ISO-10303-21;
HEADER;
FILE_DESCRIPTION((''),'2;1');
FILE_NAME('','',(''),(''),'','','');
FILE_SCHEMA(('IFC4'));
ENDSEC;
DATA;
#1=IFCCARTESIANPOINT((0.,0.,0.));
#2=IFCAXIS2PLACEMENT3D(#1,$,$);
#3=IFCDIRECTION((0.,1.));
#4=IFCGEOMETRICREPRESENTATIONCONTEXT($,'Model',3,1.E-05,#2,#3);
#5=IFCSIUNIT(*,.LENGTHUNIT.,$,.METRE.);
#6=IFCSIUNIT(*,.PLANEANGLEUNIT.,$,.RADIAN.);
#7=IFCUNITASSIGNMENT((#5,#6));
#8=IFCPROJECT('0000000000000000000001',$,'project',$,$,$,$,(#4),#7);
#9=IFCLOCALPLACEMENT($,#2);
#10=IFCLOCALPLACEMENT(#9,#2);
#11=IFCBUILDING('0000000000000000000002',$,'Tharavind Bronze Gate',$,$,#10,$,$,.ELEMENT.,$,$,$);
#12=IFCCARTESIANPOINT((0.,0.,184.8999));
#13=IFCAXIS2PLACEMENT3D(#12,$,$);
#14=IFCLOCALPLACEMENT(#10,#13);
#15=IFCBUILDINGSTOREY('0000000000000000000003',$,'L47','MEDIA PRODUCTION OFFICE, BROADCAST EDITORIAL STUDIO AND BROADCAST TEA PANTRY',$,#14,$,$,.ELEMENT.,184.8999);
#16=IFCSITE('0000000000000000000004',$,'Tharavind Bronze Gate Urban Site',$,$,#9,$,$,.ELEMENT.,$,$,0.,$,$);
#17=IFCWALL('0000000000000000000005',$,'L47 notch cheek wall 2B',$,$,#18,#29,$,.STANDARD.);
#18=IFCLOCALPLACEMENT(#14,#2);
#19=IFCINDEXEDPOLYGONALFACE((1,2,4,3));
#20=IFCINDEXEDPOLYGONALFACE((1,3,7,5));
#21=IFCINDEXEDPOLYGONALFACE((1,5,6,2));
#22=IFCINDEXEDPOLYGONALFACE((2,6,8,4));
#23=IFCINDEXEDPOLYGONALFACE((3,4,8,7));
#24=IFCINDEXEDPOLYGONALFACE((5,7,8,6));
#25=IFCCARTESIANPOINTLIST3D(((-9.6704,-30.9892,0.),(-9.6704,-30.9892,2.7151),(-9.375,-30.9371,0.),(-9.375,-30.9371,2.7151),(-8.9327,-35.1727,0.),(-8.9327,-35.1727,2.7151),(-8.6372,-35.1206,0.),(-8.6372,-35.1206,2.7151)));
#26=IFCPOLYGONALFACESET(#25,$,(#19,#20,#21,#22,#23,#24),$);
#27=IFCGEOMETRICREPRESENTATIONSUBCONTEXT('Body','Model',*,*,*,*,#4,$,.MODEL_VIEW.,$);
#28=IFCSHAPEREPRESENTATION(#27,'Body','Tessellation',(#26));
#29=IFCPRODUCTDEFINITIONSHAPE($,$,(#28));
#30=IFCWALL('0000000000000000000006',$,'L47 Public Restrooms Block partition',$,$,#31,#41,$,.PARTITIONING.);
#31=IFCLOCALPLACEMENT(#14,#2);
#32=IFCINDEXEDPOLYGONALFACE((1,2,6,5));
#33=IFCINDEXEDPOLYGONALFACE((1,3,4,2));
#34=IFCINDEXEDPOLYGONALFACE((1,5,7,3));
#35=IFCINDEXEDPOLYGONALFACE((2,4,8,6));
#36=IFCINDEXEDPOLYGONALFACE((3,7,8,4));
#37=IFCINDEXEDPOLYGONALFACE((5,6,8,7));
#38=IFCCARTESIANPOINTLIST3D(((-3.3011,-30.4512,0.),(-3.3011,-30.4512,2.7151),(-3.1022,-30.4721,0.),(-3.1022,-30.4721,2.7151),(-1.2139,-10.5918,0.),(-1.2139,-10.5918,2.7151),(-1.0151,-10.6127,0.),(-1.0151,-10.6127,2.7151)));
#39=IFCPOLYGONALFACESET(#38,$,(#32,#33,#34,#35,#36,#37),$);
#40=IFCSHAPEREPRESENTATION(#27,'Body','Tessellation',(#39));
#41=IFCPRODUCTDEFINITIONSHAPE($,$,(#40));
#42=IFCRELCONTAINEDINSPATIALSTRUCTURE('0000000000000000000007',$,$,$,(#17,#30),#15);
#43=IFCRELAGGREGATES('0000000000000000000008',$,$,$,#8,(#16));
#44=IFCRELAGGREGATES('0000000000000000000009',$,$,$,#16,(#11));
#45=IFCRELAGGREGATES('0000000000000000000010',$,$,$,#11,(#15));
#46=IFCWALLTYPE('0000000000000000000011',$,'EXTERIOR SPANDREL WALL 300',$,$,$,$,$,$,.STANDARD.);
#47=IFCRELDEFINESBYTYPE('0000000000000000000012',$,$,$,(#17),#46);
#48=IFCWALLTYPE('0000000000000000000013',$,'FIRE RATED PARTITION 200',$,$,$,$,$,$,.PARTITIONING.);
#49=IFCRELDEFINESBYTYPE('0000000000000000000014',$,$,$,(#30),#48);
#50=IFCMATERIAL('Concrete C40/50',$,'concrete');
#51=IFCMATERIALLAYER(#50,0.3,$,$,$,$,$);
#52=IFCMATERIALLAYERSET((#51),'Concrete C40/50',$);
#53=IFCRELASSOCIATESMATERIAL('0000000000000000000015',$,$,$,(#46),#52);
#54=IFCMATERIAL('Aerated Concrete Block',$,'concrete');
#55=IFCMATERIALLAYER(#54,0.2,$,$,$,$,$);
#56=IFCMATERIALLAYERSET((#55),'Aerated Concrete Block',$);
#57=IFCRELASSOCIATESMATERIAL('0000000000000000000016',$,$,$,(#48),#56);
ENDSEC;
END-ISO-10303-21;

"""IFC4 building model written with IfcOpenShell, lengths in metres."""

from ifc_helpers import new_model, si_unit, direction, frame, frame_2d, origin, place, context, subcontext, project, spatial, rectangle, extrude, material, layer, layer_set, type_object, element, save


model = new_model("IFC4")

# Units and contexts
model_context = context("Model", 3, precision=1e-05, world=origin(), true_north=direction((0.0, 1.0)))
body_context = subcontext(model_context, "Body", "Model", "MODEL_VIEW")
ifc_project = project(units=[si_unit("LENGTHUNIT", "METRE"), si_unit("PLANEANGLEUNIT", "RADIAN")], contexts=[model_context])

# Site, building, storey
site_placement = place(None, origin())
site = spatial("IfcSite", under=ifc_project, at=site_placement, Name="Tharavind Bronze Gate Urban Site", CompositionType="ELEMENT", RefElevation=0.0)
building_placement = place(site_placement, origin())
building = spatial("IfcBuilding", under=site, at=building_placement, Name="Tharavind Bronze Gate", CompositionType="ELEMENT")
storey_placement = place(building_placement, frame((0.0, 0.0, 184.8999)))
storey = spatial("IfcBuildingStorey", under=building, at=storey_placement, Name="L47", Description="MEDIA PRODUCTION OFFICE, BROADCAST EDITORIAL STUDIO AND BROADCAST TEA PANTRY", CompositionType="ELEMENT", Elevation=184.8999)

# Walls
ifc_material_1 = material(Name="Concrete C40/50", Category="concrete")
ifc_layer_1 = layer(ifc_material_1, 0.3)
ifc_layer_set_1 = layer_set([ifc_layer_1], Name="Concrete C40/50")
wall_type_1 = type_object("IfcWallType", Name="EXTERIOR SPANDREL WALL 300", PredefinedType="STANDARD", material=ifc_layer_set_1)
for number, where, z_axis, x_axis, name in (
    (1, (-9.5227, -30.9631, 0.0), (0.0, 0.0, 1.0), (0.173674, -0.984803, 0.0), "L47 notch cheek wall 2B"),
):
    element("IfcWall", number, at=place(storey_placement, frame(where, z_axis=z_axis, x_axis=x_axis)), inside=storey, type_object=wall_type_1, Name=name, PredefinedType="STANDARD", context=body_context, shape_type="SweptSolid", body=[
        extrude(rectangle(XDim=4.248, YDim=0.3, at=frame_2d((2.124, 0.0))), origin(), (0.0, 0.0, 1.0), 2.7151),
    ])
ifc_material_2 = material(Name="Aerated Concrete Block", Category="concrete")
ifc_layer_2 = layer(ifc_material_2, 0.2)
ifc_layer_set_2 = layer_set([ifc_layer_2], Name="Aerated Concrete Block")
wall_type_2 = type_object("IfcWallType", Name="FIRE RATED PARTITION 200", PredefinedType="PARTITIONING", material=ifc_layer_set_2)
wall_placement = place(storey_placement, frame((-3.2017, -30.4617, 0.0), z_axis=(0.0, 0.0, 1.0), x_axis=(0.104521, 0.994523, 0.0)))
element("IfcWall", 2, at=wall_placement, inside=storey, type_object=wall_type_2, Name="L47 Public Restrooms Block partition", PredefinedType="PARTITIONING", context=body_context, shape_type="SweptSolid", body=[
    extrude(rectangle(XDim=19.9688, YDim=0.2, at=frame_2d((9.9844, 0.0))), origin(), (0.0, 0.0, 1.0), 2.7151),
])

save(model, "model.ifc")
